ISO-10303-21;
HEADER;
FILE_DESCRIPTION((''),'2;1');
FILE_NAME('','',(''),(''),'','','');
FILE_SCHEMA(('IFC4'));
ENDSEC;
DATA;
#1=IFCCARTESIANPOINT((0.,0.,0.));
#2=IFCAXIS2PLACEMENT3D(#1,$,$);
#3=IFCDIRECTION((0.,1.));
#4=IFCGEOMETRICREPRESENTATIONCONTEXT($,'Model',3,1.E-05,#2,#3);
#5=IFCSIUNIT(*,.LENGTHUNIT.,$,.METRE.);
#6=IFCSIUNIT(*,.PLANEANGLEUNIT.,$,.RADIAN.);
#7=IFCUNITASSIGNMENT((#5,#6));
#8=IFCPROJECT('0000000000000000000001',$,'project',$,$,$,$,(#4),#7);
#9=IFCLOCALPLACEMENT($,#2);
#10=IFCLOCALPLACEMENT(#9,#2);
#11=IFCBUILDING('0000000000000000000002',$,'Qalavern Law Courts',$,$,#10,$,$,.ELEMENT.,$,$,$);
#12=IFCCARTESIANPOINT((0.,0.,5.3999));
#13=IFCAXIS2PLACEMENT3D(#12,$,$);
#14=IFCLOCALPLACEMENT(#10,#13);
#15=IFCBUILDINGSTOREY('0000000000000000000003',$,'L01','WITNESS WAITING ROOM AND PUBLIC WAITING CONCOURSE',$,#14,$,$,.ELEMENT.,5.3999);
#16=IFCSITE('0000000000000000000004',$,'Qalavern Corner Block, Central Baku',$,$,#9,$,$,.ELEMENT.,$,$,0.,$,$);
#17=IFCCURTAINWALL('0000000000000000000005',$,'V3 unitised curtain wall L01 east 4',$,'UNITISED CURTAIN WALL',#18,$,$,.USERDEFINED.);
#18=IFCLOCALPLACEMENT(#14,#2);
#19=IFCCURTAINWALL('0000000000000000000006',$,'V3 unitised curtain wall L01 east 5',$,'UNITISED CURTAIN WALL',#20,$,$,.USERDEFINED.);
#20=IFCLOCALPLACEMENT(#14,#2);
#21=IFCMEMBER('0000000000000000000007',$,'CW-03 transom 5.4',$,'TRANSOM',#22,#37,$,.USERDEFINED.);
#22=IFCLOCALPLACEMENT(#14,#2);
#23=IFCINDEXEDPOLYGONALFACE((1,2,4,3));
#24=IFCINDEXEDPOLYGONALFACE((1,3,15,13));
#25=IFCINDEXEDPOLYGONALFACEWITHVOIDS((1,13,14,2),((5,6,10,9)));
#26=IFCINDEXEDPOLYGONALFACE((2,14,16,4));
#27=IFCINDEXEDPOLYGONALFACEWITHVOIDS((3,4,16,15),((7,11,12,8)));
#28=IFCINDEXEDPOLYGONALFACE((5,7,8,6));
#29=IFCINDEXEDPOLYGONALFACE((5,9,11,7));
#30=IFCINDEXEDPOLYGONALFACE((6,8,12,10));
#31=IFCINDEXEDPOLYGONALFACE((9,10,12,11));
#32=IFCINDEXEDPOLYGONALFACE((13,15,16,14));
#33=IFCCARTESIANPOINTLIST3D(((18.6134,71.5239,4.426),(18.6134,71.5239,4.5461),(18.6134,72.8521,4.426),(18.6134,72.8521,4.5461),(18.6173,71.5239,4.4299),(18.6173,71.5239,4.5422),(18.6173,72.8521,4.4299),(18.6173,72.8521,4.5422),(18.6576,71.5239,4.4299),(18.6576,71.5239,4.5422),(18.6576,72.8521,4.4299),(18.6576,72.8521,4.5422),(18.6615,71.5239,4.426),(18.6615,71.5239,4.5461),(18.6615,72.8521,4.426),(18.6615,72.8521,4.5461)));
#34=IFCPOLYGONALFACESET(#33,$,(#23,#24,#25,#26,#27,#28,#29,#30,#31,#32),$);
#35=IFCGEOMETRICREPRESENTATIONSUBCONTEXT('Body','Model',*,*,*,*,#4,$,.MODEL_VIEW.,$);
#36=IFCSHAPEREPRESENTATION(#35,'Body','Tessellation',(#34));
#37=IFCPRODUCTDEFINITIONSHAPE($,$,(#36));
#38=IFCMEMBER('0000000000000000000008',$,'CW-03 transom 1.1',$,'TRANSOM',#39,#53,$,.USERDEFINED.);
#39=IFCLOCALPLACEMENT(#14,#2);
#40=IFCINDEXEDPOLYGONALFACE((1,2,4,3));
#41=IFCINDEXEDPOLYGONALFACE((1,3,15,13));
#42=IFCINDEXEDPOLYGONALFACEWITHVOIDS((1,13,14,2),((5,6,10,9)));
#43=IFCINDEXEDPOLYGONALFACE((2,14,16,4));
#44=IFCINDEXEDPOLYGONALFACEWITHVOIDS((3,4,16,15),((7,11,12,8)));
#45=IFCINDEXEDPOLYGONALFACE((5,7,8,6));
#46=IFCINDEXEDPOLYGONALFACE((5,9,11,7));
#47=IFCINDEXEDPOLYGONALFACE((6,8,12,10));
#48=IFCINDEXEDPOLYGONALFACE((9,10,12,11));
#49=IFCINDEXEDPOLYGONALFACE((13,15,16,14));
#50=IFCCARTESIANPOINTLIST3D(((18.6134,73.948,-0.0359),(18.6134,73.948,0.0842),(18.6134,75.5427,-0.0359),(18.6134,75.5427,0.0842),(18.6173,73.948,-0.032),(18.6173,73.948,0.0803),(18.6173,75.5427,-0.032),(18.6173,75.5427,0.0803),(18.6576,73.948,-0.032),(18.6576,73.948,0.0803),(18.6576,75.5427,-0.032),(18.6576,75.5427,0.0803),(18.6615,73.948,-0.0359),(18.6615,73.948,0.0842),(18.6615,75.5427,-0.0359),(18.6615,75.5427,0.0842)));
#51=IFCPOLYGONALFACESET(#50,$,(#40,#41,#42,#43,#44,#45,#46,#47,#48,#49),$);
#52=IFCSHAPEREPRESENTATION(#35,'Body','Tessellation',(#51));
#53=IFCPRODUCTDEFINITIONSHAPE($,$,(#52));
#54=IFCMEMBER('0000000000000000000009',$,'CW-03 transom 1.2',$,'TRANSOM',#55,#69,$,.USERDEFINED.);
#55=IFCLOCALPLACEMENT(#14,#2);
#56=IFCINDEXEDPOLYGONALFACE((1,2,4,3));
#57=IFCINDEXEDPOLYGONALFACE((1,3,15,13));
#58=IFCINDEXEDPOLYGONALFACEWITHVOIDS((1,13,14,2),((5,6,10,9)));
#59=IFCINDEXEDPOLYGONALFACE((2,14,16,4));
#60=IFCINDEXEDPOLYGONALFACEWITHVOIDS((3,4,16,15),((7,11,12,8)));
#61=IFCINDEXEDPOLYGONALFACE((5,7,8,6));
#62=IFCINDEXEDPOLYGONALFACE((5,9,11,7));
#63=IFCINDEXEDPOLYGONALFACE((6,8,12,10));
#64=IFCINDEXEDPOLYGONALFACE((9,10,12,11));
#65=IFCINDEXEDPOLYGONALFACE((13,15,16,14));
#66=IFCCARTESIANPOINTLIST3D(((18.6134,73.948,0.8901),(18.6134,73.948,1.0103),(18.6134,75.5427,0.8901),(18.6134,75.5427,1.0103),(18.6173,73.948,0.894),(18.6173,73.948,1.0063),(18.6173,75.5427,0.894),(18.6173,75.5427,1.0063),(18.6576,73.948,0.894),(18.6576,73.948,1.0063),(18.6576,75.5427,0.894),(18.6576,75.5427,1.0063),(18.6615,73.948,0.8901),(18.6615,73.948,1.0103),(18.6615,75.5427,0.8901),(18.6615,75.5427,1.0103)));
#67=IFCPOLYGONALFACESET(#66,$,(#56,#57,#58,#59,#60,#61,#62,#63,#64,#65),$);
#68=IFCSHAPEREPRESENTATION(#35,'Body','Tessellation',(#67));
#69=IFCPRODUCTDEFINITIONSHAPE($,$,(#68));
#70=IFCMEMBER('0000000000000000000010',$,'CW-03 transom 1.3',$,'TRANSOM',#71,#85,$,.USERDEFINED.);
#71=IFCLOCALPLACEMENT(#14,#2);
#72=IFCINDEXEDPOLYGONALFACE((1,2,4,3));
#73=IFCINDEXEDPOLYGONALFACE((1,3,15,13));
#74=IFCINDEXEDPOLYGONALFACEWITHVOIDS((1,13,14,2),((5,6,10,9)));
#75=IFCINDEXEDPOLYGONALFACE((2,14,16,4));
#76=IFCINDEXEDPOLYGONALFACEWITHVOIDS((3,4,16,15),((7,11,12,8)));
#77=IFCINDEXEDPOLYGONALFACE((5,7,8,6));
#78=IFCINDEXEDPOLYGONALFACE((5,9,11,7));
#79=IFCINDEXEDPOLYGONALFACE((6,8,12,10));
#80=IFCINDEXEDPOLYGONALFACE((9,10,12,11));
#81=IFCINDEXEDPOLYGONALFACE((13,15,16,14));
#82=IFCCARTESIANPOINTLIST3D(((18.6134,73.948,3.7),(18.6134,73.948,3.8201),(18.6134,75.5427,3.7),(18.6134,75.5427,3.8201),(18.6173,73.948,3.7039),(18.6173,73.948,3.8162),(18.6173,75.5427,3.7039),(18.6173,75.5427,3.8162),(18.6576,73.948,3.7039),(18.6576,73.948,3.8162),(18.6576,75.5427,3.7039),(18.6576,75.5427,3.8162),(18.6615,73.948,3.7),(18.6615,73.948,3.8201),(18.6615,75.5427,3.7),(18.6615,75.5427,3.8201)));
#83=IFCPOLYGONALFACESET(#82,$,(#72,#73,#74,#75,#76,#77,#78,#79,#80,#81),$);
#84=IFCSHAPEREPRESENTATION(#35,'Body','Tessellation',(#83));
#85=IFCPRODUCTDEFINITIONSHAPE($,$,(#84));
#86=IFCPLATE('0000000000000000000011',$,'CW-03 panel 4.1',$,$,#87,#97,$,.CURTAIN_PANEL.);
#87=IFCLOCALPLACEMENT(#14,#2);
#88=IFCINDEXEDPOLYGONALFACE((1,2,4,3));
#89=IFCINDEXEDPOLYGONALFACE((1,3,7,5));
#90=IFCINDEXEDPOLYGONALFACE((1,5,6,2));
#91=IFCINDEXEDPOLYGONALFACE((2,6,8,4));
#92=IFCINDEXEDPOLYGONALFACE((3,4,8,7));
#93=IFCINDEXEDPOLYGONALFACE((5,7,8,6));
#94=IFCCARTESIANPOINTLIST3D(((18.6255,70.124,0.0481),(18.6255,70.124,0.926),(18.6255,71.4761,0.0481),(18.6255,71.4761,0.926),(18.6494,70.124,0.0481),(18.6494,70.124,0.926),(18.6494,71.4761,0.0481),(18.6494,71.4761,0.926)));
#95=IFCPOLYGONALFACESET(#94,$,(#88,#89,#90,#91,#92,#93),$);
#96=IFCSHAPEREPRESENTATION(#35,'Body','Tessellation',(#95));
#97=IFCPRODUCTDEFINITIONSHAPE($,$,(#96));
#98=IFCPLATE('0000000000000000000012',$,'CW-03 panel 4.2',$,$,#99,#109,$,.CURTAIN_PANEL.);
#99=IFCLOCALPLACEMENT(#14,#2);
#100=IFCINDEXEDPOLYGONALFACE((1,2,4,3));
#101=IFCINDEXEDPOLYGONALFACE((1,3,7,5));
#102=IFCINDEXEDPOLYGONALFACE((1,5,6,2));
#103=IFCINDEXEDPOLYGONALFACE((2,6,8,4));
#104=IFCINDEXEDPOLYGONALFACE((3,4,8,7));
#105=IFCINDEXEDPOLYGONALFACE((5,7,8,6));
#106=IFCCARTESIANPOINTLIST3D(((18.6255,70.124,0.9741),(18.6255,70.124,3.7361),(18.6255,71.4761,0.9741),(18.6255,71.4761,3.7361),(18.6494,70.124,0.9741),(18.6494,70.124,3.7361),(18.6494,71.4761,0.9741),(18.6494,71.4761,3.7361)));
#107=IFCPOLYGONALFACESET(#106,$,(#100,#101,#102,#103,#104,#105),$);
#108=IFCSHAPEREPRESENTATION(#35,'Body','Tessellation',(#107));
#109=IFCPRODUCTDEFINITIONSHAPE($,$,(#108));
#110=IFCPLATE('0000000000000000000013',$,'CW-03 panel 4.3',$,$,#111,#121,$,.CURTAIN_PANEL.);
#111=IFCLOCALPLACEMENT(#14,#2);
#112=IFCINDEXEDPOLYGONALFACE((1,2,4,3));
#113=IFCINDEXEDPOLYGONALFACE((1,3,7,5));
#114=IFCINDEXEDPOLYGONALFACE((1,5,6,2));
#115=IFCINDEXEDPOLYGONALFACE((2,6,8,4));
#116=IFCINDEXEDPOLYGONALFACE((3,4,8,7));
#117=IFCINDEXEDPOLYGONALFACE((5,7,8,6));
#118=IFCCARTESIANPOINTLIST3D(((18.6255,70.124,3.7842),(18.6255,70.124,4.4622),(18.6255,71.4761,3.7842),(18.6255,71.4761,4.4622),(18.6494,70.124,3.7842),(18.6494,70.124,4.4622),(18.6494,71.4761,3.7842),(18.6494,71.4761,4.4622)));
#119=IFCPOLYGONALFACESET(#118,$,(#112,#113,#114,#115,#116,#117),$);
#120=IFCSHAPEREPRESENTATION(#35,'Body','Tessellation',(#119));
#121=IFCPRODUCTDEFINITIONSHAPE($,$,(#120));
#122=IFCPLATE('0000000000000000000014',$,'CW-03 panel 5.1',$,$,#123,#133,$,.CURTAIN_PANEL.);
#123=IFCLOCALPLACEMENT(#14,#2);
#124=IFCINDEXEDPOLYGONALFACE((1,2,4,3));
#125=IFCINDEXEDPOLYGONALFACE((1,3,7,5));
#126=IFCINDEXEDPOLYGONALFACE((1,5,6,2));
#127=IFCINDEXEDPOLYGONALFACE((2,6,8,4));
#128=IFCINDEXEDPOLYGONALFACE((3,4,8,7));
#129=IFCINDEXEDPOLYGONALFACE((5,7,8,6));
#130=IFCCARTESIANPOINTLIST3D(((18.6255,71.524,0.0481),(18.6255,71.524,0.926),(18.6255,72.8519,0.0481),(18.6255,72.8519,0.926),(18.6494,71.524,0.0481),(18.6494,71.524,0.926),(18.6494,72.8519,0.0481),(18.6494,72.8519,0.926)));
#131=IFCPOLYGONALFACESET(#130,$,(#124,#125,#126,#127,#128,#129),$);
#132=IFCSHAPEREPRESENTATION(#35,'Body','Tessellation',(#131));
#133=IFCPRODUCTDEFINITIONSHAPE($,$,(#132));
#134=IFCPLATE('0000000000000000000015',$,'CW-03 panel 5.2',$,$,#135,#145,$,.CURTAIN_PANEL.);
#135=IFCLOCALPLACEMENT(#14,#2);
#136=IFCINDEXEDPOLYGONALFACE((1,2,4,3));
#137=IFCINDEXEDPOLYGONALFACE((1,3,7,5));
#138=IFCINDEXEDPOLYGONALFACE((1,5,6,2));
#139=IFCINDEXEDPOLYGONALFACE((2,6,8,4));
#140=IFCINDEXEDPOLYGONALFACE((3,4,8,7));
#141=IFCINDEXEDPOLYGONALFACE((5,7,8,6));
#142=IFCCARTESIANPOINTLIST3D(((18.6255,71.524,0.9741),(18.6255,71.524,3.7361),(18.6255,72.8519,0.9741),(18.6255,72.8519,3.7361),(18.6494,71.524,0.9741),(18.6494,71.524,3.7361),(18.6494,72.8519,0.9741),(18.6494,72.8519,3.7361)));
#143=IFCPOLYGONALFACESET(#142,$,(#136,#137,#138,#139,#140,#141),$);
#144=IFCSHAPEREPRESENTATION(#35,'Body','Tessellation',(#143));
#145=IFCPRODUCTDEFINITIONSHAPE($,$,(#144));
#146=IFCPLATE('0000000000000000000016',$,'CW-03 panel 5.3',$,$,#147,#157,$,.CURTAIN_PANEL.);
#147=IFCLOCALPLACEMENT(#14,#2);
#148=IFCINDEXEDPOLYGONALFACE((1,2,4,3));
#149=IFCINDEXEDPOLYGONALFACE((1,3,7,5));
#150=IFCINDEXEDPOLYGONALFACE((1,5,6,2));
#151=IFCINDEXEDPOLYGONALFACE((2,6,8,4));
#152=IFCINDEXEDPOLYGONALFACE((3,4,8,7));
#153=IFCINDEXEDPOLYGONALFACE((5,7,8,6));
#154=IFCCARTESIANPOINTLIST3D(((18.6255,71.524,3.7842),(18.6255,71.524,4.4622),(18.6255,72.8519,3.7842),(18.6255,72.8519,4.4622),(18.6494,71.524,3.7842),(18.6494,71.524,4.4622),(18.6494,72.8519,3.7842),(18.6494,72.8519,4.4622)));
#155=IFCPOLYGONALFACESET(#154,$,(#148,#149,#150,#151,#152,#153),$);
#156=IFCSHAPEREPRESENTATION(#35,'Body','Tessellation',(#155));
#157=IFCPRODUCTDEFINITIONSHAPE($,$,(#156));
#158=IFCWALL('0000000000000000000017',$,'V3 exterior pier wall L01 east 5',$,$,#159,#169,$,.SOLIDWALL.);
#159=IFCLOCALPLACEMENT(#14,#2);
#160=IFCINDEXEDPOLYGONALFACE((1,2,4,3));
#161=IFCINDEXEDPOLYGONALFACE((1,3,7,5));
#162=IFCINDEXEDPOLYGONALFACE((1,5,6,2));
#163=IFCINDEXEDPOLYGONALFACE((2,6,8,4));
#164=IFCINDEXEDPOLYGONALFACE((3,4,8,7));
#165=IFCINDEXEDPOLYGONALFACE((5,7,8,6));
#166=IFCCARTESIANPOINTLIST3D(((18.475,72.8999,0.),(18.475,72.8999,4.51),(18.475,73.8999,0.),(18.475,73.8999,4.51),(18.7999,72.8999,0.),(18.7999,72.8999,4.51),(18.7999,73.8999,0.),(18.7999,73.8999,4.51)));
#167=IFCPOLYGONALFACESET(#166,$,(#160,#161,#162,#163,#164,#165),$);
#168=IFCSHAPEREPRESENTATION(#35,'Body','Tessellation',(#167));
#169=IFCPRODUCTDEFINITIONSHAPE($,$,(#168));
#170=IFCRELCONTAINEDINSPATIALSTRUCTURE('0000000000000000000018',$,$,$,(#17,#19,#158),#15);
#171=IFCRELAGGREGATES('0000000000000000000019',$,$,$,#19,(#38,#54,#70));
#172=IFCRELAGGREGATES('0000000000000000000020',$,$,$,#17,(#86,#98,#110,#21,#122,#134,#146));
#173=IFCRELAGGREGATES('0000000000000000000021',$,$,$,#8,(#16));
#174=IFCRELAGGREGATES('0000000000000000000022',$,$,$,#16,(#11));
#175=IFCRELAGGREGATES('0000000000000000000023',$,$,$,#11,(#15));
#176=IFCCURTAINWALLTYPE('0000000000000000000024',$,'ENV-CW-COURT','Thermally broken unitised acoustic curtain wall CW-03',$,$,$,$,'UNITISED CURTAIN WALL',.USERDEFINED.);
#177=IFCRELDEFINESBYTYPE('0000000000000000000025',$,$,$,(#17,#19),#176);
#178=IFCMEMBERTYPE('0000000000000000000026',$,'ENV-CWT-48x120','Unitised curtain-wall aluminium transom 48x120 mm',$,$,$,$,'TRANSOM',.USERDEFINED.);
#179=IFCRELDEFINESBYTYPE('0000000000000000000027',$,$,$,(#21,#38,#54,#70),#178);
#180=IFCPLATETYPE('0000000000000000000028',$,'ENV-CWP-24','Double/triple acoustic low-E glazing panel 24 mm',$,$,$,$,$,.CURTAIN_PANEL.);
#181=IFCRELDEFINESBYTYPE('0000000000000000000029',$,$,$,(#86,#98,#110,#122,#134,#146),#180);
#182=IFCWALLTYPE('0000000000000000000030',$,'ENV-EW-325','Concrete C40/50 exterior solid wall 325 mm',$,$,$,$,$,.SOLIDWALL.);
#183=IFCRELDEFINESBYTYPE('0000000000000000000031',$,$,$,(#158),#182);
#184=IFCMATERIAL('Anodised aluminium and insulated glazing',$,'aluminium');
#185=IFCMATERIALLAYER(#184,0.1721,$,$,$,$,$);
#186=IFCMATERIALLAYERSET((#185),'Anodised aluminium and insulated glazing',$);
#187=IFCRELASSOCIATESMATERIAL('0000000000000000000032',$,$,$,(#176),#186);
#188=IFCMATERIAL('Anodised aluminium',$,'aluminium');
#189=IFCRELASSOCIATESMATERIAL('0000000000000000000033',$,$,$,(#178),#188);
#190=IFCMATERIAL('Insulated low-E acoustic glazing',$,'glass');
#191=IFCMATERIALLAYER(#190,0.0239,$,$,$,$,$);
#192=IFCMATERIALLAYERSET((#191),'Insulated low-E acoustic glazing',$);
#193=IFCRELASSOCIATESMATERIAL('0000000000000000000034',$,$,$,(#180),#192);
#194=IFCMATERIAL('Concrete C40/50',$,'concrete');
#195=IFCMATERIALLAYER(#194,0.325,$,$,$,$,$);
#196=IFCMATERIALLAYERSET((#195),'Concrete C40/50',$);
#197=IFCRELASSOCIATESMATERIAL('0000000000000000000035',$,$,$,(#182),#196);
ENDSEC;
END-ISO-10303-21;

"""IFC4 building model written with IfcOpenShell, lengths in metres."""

from ifc_helpers import new_model, si_unit, direction, frame, frame_2d, origin, origin_2d, place, context, subcontext, project, spatial, rectangle, hollow_rectangle, extrude, material, layer, layer_set, material_profile, profile_set, type_object, element, aggregate, save


model = new_model("IFC4")

# Units and contexts
model_context = context("Model", 3, precision=1e-05, world=origin(), true_north=direction((0.0, 1.0)))
body_context = subcontext(model_context, "Body", "Model", "MODEL_VIEW")
ifc_project = project(units=[si_unit("LENGTHUNIT", "METRE"), si_unit("PLANEANGLEUNIT", "RADIAN")], contexts=[model_context])

# Site, building, storey
site_placement = place(None, origin())
site = spatial("IfcSite", under=ifc_project, at=site_placement, Name="Qalavern Corner Block, Central Baku", CompositionType="ELEMENT", RefElevation=0.0)
building_placement = place(site_placement, origin())
building = spatial("IfcBuilding", under=site, at=building_placement, Name="Qalavern Law Courts", CompositionType="ELEMENT")
storey_placement = place(building_placement, frame((0.0, 0.0, 5.3999)))
storey = spatial("IfcBuildingStorey", under=building, at=storey_placement, Name="L01", Description="WITNESS WAITING ROOM AND PUBLIC WAITING CONCOURSE", CompositionType="ELEMENT", Elevation=5.3999)

# Curtain wall
ifc_material_1 = material(Name="Anodised aluminium and insulated glazing", Category="aluminium")
ifc_layer_1 = layer(ifc_material_1, 0.1721)
ifc_layer_set_1 = layer_set([ifc_layer_1], Name="Anodised aluminium and insulated glazing")
curtain_wall_type = type_object("IfcCurtainWallType", Name="ENV-CW-COURT", Description="Thermally broken unitised acoustic curtain wall CW-03", ElementType="UNITISED CURTAIN WALL", PredefinedType="USERDEFINED", material=ifc_layer_set_1)
curtain_wall_1_placement = place(storey_placement, origin())
curtain_wall_1 = element("IfcCurtainWall", 1, at=curtain_wall_1_placement, inside=storey, type_object=curtain_wall_type, Name="V3 unitised curtain wall L01 east 4", ObjectType="UNITISED CURTAIN WALL", PredefinedType="USERDEFINED")
ifc_material_2 = material(Name="Anodised aluminium", Category="aluminium")

# Curtain wall
curtain_wall_2_placement = place(storey_placement, origin())
curtain_wall_2 = element("IfcCurtainWall", 2, at=curtain_wall_2_placement, inside=storey, type_object=curtain_wall_type, Name="V3 unitised curtain wall L01 east 5", ObjectType="UNITISED CURTAIN WALL", PredefinedType="USERDEFINED")

# Members
ifc_material_profile_1 = material_profile(ifc_material_2, hollow_rectangle(XDim=0.0481, YDim=0.1201, WallThickness=0.0039, at=origin_2d()), Name="ALU TRANSOM 48x120")
ifc_profile_set_1 = profile_set([ifc_material_profile_1], Name="Anodised aluminium")
member_type_1 = type_object("IfcMemberType", Name="ENV-CWT-48x120", Description="Unitised curtain-wall aluminium transom 48x120 mm", ElementType="TRANSOM", PredefinedType="USERDEFINED", material=ifc_profile_set_1)
member_1_placement = place(storey_placement, frame((18.6375, 71.5239, 4.4861), z_axis=(0.0, 1.0, 0.0), x_axis=(-1.0, 0.0, 0.0)))
member_1 = element("IfcMember", 3, at=member_1_placement, type_object=member_type_1, Name="CW-03 transom 5.4", ObjectType="TRANSOM", PredefinedType="USERDEFINED", context=body_context, shape_type="SweptSolid", body=[
    extrude(hollow_rectangle(XDim=0.0481, YDim=0.1201, WallThickness=0.0039, at=origin_2d()), origin(), (0.0, 0.0, 1.0), 1.3281),
])
member_2_placement = place(storey_placement, frame((18.6375, 73.948, 0.0242), z_axis=(0.0, 1.0, 0.0), x_axis=(-1.0, 0.0, 0.0)))
member_2 = element("IfcMember", 4, at=member_2_placement, type_object=member_type_1, Name="CW-03 transom 1.1", ObjectType="TRANSOM", PredefinedType="USERDEFINED", context=body_context, shape_type="SweptSolid", body=[
    extrude(hollow_rectangle(XDim=0.0481, YDim=0.1201, WallThickness=0.0039, at=origin_2d()), origin(), (0.0, 0.0, 1.0), 1.5947),
])
member_3_placement = place(storey_placement, frame((18.6375, 73.948, 0.9502), z_axis=(0.0, 1.0, 0.0), x_axis=(-1.0, 0.0, 0.0)))
member_3 = element("IfcMember", 5, at=member_3_placement, type_object=member_type_1, Name="CW-03 transom 1.2", ObjectType="TRANSOM", PredefinedType="USERDEFINED", context=body_context, shape_type="SweptSolid", body=[
    extrude(hollow_rectangle(XDim=0.0481, YDim=0.1201, WallThickness=0.0039, at=origin_2d()), origin(), (0.0, 0.0, 1.0), 1.5947),
])
member_4_placement = place(storey_placement, frame((18.6375, 73.948, 3.76), z_axis=(0.0, 1.0, 0.0), x_axis=(-1.0, 0.0, 0.0)))
member_4 = element("IfcMember", 6, at=member_4_placement, type_object=member_type_1, Name="CW-03 transom 1.3", ObjectType="TRANSOM", PredefinedType="USERDEFINED", context=body_context, shape_type="SweptSolid", body=[
    extrude(hollow_rectangle(XDim=0.0481, YDim=0.1201, WallThickness=0.0039, at=origin_2d()), origin(), (0.0, 0.0, 1.0), 1.5947),
])
aggregate(curtain_wall_2, [member_2, member_3, member_4])

# Plates
ifc_material_3 = material(Name="Insulated low-E acoustic glazing", Category="glass")
ifc_layer_2 = layer(ifc_material_3, 0.0239)
ifc_layer_set_2 = layer_set([ifc_layer_2], Name="Insulated low-E acoustic glazing")
plate_type = type_object("IfcPlateType", Name="ENV-CWP-24", Description="Double/triple acoustic low-E glazing panel 24 mm", PredefinedType="CURTAIN_PANEL", material=ifc_layer_set_2)
plate_1_placement = place(storey_placement, frame((18.6375, 70.8, 0.0481), z_axis=(0.0, 0.0, 1.0), x_axis=(0.0, 1.0, 0.0)))
plate_1 = element("IfcPlate", 7, at=plate_1_placement, type_object=plate_type, Name="CW-03 panel 4.1", PredefinedType="CURTAIN_PANEL", context=body_context, shape_type="SweptSolid", body=[
    extrude(rectangle(XDim=1.3521, YDim=0.0239, at=origin_2d()), origin(), (0.0, 0.0, 1.0), 0.8779),
])
plate_2_placement = place(storey_placement, frame((18.6375, 70.8, 0.9741), z_axis=(0.0, 0.0, 1.0), x_axis=(0.0, 1.0, 0.0)))
plate_2 = element("IfcPlate", 8, at=plate_2_placement, type_object=plate_type, Name="CW-03 panel 4.2", PredefinedType="CURTAIN_PANEL", context=body_context, shape_type="SweptSolid", body=[
    extrude(rectangle(XDim=1.3521, YDim=0.0239, at=origin_2d()), origin(), (0.0, 0.0, 1.0), 2.762),
])
plate_3_placement = place(storey_placement, frame((18.6375, 70.8, 3.7842), z_axis=(0.0, 0.0, 1.0), x_axis=(0.0, 1.0, 0.0)))
plate_3 = element("IfcPlate", 9, at=plate_3_placement, type_object=plate_type, Name="CW-03 panel 4.3", PredefinedType="CURTAIN_PANEL", context=body_context, shape_type="SweptSolid", body=[
    extrude(rectangle(XDim=1.3521, YDim=0.0239, at=origin_2d()), origin(), (0.0, 0.0, 1.0), 0.678),
])
plate_4_placement = place(storey_placement, frame((18.6375, 72.188, 0.0481), z_axis=(0.0, 0.0, 1.0), x_axis=(0.0, 1.0, 0.0)))
plate_4 = element("IfcPlate", 10, at=plate_4_placement, type_object=plate_type, Name="CW-03 panel 5.1", PredefinedType="CURTAIN_PANEL", context=body_context, shape_type="SweptSolid", body=[
    extrude(rectangle(XDim=1.3279, YDim=0.0239, at=origin_2d()), origin(), (0.0, 0.0, 1.0), 0.8779),
])
plate_5_placement = place(storey_placement, frame((18.6375, 72.188, 0.9741), z_axis=(0.0, 0.0, 1.0), x_axis=(0.0, 1.0, 0.0)))
plate_5 = element("IfcPlate", 11, at=plate_5_placement, type_object=plate_type, Name="CW-03 panel 5.2", PredefinedType="CURTAIN_PANEL", context=body_context, shape_type="SweptSolid", body=[
    extrude(rectangle(XDim=1.3279, YDim=0.0239, at=origin_2d()), origin(), (0.0, 0.0, 1.0), 2.762),
])
plate_6_placement = place(storey_placement, frame((18.6375, 72.188, 3.7842), z_axis=(0.0, 0.0, 1.0), x_axis=(0.0, 1.0, 0.0)))
plate_6 = element("IfcPlate", 12, at=plate_6_placement, type_object=plate_type, Name="CW-03 panel 5.3", PredefinedType="CURTAIN_PANEL", context=body_context, shape_type="SweptSolid", body=[
    extrude(rectangle(XDim=1.3279, YDim=0.0239, at=origin_2d()), origin(), (0.0, 0.0, 1.0), 0.678),
])
aggregate(curtain_wall_1, [plate_1, plate_2, plate_3, member_1, plate_4, plate_5, plate_6])

# Wall
ifc_material_4 = material(Name="Concrete C40/50", Category="concrete")
ifc_layer_3 = layer(ifc_material_4, 0.325)
ifc_layer_set_3 = layer_set([ifc_layer_3], Name="Concrete C40/50")
wall_type = type_object("IfcWallType", Name="ENV-EW-325", Description="Concrete C40/50 exterior solid wall 325 mm", PredefinedType="SOLIDWALL", material=ifc_layer_set_3)
wall_placement = place(storey_placement, frame((18.6375, 72.8999, 0.0), z_axis=(0.0, 0.0, 1.0), x_axis=(0.0, 1.0, 0.0)))
element("IfcWall", 13, at=wall_placement, inside=storey, type_object=wall_type, Name="V3 exterior pier wall L01 east 5", PredefinedType="SOLIDWALL", context=body_context, shape_type="SweptSolid", body=[
    extrude(rectangle(XDim=1.0, YDim=0.325, at=frame_2d((0.5, 0.0))), origin(), (0.0, 0.0, 1.0), 4.51),
])

save(model, "model.ifc")
